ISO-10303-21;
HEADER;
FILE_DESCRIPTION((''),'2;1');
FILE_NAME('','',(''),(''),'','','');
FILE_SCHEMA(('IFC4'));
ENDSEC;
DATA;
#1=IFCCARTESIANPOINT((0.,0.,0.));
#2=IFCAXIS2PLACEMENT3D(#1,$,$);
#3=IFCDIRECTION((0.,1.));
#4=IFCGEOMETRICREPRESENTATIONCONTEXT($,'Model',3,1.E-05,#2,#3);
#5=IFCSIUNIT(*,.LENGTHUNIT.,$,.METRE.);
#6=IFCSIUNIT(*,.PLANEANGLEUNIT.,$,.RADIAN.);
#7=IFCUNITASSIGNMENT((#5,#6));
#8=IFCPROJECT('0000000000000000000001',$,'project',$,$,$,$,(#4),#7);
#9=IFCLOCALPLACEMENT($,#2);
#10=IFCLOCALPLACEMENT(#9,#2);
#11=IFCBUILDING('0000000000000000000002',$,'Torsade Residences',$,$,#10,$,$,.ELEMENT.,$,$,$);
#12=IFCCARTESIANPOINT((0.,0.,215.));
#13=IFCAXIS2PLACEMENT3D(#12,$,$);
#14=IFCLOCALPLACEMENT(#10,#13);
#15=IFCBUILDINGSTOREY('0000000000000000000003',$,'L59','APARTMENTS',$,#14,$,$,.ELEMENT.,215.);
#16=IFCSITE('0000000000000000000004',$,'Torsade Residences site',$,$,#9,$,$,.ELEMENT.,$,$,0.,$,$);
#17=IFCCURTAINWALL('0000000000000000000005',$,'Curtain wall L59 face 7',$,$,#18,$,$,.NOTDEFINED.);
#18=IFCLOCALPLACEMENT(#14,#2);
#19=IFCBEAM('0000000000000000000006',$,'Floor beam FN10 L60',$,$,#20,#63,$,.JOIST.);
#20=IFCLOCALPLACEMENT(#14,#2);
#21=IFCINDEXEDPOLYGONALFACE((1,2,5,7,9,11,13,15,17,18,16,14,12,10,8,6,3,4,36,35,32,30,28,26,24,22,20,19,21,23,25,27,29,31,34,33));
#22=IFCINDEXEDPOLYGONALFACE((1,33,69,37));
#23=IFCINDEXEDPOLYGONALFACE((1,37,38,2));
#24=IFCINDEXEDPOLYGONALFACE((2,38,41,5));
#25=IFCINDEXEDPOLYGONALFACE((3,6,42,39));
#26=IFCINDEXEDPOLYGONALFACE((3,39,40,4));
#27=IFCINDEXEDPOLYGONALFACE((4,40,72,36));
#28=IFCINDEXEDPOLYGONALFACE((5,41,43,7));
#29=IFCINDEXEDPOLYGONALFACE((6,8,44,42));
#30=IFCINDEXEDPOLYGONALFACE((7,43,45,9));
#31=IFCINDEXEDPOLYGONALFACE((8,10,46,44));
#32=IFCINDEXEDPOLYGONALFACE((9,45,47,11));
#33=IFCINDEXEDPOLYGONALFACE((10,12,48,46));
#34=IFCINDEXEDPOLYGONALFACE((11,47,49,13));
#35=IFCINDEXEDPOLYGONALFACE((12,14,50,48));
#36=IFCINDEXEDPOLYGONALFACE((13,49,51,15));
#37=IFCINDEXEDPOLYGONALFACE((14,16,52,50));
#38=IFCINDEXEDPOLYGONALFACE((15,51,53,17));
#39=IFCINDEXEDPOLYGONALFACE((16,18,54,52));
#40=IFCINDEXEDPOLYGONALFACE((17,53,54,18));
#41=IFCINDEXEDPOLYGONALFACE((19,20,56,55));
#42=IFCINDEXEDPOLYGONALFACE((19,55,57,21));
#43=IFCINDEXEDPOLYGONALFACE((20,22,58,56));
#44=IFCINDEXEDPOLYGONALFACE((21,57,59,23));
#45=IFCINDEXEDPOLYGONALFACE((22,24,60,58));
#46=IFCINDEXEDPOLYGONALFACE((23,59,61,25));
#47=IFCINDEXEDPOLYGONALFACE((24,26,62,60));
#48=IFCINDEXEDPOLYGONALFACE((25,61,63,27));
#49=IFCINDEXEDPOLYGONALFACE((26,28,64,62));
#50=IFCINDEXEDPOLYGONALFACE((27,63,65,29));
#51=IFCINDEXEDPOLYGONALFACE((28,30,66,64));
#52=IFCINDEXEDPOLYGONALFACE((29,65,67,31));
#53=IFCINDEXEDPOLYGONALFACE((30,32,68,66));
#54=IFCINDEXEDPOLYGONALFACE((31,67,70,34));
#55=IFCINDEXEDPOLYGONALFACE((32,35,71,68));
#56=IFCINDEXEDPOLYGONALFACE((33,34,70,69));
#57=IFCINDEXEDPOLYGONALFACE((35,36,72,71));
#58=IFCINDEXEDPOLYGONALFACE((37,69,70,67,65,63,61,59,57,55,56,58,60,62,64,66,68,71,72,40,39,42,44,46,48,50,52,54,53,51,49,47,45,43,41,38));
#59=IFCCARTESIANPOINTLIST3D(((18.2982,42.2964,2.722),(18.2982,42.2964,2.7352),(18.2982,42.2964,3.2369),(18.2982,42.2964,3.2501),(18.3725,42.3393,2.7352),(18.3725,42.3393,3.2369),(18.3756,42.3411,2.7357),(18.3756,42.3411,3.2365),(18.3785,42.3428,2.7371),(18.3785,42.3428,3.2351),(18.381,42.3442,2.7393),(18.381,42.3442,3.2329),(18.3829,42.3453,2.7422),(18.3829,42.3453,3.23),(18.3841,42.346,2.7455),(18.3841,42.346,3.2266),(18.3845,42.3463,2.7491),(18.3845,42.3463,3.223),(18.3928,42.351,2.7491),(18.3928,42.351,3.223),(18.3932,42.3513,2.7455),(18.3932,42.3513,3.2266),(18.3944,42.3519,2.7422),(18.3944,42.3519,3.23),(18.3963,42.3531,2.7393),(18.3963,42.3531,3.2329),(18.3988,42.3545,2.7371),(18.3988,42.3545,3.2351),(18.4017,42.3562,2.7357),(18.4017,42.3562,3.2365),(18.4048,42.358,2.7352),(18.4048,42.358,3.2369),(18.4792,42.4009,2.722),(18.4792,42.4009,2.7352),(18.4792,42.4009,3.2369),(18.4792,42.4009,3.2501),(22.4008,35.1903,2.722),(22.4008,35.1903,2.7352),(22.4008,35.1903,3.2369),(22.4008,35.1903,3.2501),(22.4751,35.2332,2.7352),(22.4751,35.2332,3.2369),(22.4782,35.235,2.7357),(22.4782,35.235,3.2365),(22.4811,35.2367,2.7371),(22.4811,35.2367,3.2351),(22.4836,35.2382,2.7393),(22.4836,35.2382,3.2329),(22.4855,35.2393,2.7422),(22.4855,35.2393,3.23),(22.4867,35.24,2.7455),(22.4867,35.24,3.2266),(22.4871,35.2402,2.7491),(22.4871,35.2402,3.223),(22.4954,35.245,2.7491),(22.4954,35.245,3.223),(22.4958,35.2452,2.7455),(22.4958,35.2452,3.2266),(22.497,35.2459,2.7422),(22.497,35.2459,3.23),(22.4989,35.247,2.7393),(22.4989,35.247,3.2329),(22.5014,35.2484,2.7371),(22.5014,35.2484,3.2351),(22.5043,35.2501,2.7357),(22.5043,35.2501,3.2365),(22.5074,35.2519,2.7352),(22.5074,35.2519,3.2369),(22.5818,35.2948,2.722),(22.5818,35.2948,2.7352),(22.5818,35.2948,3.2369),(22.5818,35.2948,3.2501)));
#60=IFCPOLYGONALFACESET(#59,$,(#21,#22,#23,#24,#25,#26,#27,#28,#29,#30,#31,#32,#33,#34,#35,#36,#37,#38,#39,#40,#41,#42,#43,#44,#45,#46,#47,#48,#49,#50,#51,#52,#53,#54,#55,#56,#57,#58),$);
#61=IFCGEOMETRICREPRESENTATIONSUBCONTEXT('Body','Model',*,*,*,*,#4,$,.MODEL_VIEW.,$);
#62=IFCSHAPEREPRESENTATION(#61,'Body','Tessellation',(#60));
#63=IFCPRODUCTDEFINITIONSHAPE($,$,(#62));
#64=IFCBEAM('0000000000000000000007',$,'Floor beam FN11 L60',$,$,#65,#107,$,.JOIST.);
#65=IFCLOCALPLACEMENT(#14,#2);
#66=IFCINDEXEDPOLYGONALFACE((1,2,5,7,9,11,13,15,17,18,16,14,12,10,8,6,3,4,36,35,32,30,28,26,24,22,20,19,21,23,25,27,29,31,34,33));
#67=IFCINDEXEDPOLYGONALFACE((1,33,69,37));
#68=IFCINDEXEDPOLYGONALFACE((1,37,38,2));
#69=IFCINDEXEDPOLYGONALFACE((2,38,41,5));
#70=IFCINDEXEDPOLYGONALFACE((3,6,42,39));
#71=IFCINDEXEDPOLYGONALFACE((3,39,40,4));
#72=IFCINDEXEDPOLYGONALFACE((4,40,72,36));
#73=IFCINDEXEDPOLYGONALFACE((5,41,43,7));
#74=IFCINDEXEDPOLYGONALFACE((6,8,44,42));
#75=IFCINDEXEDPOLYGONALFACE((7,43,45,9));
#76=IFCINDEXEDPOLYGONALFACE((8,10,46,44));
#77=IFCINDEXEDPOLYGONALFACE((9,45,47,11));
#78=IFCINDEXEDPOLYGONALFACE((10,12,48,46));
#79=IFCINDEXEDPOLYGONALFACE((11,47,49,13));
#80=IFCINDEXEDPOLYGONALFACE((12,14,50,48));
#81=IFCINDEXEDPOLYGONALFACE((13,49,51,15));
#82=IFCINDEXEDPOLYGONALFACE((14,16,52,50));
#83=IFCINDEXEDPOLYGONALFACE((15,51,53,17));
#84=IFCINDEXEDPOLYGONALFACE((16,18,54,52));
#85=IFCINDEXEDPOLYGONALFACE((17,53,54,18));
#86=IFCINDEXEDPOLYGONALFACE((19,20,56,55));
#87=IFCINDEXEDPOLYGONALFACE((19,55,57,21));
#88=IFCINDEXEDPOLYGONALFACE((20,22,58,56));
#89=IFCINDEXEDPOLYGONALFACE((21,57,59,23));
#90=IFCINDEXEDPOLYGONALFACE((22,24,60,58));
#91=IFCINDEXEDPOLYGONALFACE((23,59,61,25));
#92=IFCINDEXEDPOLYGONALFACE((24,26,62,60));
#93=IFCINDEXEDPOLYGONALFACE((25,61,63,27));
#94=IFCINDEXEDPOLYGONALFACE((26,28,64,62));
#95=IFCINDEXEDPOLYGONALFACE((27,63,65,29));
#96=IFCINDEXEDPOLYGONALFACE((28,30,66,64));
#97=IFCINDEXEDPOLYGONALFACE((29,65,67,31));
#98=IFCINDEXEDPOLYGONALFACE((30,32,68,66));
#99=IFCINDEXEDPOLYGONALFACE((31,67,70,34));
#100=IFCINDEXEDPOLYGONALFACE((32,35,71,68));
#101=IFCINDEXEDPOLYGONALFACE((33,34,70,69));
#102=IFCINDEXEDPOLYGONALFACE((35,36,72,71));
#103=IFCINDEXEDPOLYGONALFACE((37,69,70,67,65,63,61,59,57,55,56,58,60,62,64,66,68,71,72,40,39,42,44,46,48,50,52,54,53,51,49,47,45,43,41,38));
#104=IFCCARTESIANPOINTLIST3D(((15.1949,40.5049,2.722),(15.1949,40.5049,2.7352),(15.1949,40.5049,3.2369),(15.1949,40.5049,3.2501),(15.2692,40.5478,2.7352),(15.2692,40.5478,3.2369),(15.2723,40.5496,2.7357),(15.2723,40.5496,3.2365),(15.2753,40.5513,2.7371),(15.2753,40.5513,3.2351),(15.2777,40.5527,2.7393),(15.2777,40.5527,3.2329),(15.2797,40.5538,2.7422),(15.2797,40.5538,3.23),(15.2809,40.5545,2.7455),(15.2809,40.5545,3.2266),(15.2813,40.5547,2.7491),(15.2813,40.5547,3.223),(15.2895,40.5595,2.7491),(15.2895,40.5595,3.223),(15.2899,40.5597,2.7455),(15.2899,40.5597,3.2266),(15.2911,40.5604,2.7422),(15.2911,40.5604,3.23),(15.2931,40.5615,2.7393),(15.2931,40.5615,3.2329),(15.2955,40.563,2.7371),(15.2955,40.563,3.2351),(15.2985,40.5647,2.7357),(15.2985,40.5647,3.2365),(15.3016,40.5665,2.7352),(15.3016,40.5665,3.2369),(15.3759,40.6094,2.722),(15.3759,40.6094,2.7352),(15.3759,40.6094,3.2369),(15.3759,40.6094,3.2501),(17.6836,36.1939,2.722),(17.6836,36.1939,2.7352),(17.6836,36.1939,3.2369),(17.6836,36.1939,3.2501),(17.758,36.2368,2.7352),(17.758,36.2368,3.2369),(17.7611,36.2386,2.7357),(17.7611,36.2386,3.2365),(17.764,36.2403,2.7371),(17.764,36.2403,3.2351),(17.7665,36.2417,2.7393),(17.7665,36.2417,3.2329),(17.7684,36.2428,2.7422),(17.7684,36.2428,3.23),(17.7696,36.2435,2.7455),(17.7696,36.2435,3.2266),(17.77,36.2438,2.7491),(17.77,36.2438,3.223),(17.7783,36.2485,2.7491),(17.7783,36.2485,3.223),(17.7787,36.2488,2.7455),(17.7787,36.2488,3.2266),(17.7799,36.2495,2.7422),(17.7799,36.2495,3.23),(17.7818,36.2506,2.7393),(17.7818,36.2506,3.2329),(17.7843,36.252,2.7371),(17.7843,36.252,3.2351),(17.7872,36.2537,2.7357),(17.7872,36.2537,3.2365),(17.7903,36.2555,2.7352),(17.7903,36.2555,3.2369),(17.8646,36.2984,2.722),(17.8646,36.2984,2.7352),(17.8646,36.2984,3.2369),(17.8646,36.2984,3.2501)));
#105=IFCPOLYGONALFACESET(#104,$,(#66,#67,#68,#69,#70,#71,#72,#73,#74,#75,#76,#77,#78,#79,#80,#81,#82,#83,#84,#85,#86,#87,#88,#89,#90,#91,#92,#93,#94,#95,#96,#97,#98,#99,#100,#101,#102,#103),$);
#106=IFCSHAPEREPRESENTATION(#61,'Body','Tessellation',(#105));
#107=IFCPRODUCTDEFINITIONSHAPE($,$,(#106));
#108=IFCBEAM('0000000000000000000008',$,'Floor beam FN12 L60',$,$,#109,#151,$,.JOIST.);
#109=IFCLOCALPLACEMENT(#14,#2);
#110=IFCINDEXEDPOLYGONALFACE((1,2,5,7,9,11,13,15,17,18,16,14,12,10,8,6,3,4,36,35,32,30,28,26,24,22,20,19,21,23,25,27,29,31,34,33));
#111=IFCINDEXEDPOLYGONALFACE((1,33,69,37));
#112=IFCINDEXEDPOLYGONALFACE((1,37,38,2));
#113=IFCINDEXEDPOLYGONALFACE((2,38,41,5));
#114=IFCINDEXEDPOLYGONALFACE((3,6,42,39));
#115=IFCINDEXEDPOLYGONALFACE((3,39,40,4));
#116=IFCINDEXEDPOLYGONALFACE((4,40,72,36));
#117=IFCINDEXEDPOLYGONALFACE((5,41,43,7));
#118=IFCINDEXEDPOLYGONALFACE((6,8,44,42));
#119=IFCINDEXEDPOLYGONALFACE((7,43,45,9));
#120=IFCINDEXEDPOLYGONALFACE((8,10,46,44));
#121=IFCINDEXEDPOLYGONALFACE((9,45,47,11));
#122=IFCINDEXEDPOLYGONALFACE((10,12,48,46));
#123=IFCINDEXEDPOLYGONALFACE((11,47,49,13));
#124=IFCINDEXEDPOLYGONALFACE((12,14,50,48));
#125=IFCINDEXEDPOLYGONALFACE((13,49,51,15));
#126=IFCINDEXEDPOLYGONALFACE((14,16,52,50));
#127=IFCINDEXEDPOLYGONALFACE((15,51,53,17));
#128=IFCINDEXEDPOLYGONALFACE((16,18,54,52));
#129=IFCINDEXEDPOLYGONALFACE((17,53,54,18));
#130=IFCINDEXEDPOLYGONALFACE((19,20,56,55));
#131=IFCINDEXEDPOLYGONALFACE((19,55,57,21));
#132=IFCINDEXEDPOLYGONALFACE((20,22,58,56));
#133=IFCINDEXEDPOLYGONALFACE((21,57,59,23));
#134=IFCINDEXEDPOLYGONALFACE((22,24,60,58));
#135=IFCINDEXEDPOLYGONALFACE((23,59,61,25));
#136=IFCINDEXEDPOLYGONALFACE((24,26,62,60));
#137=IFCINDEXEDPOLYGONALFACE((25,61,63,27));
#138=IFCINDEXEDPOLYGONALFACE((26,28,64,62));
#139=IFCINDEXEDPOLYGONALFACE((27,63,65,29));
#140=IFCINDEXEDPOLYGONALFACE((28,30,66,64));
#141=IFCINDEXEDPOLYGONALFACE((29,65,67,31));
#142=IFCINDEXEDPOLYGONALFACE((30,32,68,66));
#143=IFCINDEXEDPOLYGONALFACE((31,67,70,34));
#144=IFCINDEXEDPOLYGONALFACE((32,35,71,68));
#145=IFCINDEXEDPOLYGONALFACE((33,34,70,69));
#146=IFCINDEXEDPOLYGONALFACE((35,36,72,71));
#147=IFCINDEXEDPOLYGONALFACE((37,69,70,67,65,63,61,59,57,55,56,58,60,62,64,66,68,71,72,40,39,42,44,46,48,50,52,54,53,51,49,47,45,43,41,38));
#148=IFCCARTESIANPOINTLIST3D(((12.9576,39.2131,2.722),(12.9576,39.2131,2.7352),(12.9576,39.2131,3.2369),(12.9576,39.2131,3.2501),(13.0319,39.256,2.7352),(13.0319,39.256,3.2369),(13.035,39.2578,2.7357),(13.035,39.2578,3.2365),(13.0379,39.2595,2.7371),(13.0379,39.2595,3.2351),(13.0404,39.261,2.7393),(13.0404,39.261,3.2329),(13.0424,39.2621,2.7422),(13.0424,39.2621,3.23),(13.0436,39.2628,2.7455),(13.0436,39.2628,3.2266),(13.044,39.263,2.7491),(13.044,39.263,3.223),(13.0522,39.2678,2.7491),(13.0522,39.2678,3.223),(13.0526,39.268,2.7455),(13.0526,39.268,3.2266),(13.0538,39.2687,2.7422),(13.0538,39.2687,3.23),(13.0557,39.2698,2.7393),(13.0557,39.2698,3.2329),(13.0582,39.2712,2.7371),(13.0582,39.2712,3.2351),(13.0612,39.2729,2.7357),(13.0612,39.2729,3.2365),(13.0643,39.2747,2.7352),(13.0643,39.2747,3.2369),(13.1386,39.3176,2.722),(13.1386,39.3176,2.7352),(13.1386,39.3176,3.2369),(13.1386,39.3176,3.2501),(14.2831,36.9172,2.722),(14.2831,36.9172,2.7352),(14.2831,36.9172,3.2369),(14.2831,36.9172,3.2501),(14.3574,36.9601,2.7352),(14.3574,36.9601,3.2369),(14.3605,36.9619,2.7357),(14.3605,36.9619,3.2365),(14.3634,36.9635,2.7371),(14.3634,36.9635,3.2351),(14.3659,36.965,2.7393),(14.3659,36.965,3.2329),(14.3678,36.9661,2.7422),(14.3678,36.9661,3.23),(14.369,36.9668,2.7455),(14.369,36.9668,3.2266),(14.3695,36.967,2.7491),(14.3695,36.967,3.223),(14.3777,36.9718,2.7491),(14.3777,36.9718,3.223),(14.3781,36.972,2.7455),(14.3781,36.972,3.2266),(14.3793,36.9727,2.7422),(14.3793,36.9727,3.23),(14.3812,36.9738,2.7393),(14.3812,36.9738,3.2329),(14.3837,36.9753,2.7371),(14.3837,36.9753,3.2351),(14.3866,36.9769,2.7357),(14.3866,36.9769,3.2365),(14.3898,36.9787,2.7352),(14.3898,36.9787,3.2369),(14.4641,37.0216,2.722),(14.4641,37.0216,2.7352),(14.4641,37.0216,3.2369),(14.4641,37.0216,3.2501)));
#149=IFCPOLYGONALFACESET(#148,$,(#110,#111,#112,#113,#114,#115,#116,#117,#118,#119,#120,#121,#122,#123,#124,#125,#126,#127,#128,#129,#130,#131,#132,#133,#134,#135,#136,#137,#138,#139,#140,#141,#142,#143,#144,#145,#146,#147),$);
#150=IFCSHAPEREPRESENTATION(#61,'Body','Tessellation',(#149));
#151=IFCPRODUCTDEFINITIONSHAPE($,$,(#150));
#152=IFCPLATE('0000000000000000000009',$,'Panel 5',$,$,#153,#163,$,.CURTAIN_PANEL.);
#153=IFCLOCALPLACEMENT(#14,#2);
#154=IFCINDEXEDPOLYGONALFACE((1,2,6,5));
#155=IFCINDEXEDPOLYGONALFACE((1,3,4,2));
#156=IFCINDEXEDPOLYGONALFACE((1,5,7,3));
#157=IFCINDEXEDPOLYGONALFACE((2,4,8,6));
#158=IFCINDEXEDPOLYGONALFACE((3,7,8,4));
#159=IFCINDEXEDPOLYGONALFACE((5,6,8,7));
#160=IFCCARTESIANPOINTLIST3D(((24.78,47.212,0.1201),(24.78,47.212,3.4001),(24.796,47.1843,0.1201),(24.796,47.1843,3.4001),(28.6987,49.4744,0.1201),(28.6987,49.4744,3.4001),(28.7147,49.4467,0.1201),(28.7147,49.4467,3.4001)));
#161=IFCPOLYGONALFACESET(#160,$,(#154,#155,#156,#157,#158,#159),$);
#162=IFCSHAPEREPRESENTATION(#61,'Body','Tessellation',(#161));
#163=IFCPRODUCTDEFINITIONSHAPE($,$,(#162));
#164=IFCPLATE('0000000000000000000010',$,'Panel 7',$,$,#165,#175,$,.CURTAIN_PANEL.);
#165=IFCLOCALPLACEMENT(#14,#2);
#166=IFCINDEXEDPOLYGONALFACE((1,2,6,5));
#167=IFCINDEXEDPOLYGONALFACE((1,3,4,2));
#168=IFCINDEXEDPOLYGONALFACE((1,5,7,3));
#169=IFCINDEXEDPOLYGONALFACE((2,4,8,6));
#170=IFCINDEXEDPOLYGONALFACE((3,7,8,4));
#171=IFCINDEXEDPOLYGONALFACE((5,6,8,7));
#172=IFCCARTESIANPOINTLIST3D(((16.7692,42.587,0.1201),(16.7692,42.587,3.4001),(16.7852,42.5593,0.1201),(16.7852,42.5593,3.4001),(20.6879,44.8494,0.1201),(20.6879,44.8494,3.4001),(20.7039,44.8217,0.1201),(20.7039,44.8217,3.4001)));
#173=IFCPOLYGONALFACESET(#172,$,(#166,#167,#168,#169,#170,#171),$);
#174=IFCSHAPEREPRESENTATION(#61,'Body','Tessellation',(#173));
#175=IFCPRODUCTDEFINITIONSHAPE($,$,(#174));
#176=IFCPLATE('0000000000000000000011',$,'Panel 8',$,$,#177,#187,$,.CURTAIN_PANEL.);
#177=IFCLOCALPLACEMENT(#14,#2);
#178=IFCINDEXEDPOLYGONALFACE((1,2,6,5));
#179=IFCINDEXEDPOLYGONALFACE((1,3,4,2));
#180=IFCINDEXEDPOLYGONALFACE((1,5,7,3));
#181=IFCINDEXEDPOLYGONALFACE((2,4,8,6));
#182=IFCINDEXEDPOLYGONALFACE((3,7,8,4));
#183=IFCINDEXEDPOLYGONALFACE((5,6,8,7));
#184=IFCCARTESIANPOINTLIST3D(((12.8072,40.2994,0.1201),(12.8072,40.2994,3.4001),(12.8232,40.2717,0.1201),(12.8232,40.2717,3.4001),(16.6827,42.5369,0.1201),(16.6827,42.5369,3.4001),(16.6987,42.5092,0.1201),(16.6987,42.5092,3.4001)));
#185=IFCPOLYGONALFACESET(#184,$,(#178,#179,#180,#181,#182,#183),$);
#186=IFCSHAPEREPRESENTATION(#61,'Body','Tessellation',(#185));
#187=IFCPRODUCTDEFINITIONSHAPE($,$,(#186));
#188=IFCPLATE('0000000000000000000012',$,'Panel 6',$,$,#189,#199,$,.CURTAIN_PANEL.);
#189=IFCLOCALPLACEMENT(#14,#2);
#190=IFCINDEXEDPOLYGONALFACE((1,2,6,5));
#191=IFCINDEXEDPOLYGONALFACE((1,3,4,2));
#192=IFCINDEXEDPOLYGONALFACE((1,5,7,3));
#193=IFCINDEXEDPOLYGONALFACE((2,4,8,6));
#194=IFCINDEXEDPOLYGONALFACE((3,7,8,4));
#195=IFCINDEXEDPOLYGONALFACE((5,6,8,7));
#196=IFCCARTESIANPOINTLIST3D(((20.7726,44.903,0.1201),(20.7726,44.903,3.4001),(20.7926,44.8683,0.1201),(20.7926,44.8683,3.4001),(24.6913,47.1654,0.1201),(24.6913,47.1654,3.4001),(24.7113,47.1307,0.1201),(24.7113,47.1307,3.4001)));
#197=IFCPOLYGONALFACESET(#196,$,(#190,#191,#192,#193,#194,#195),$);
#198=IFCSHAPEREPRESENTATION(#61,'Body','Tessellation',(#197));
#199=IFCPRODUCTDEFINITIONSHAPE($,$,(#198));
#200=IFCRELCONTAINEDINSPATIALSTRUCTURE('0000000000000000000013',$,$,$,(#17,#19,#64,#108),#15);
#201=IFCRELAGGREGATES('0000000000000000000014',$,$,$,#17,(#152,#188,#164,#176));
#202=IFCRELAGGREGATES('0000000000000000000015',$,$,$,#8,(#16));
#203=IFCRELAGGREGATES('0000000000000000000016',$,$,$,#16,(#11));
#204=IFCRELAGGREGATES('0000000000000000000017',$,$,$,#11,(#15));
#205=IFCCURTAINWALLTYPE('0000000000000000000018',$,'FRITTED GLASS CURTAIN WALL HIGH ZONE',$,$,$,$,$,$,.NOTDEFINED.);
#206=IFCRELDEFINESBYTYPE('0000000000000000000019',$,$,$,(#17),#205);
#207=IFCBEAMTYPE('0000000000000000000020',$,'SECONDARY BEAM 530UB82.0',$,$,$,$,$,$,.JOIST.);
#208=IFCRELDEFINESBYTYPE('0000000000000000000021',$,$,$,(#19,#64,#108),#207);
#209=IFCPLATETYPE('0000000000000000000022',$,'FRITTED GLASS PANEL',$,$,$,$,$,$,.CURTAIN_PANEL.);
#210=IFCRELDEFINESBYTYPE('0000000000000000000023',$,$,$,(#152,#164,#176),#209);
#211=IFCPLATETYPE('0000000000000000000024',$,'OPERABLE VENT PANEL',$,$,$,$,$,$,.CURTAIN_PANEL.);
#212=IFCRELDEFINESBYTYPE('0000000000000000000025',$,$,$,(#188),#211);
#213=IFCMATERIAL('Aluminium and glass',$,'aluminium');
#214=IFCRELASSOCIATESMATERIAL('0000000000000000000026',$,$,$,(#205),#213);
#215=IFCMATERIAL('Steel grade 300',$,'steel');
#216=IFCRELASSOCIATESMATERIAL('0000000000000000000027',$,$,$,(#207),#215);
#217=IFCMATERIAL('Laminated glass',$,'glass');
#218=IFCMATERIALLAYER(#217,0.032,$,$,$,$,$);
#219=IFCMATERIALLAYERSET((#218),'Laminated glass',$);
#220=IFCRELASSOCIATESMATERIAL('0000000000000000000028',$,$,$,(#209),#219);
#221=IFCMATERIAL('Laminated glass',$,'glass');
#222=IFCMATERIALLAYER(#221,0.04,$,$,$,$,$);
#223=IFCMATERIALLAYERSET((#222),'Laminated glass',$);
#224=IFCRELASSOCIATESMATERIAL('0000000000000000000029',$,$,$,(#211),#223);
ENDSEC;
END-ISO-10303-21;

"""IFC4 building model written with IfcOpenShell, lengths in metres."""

from ifc_helpers import new_model, si_unit, direction, frame, origin, origin_2d, place, context, subcontext, project, spatial, rectangle, i_section, extrude, material, layer, layer_set, material_profile, profile_set, type_object, element, aggregate, save


model = new_model("IFC4")

# Units and contexts
model_context = context("Model", 3, precision=1e-05, world=origin(), true_north=direction((0.0, 1.0)))
body_context = subcontext(model_context, "Body", "Model", "MODEL_VIEW")
ifc_project = project(units=[si_unit("LENGTHUNIT", "METRE"), si_unit("PLANEANGLEUNIT", "RADIAN")], contexts=[model_context])

# Site, building, storey
site_placement = place(None, origin())
site = spatial("IfcSite", under=ifc_project, at=site_placement, Name="Torsade Residences site", CompositionType="ELEMENT", RefElevation=0.0)
building_placement = place(site_placement, origin())
building = spatial("IfcBuilding", under=site, at=building_placement, Name="Torsade Residences", CompositionType="ELEMENT")
storey_placement = place(building_placement, frame((0.0, 0.0, 215.0)))
storey = spatial("IfcBuildingStorey", under=building, at=storey_placement, Name="L59", Description="APARTMENTS", CompositionType="ELEMENT", Elevation=215.0)

# Curtain wall
ifc_material_1 = material(Name="Aluminium and glass", Category="aluminium")
curtain_wall_type = type_object("IfcCurtainWallType", Name="FRITTED GLASS CURTAIN WALL HIGH ZONE", PredefinedType="NOTDEFINED", material=ifc_material_1)
curtain_wall_placement = place(storey_placement, origin())
curtain_wall = element("IfcCurtainWall", 1, at=curtain_wall_placement, inside=storey, type_object=curtain_wall_type, Name="Curtain wall L59 face 7", PredefinedType="NOTDEFINED")

# Beams
ifc_material_2 = material(Name="Steel grade 300", Category="steel")
ifc_material_profile_1 = material_profile(ifc_material_2, i_section(OverallWidth=0.209, OverallDepth=0.5281, WebThickness=0.0095, FlangeThickness=0.0132, FilletRadius=0.0139, at=origin_2d()), Name="530UB82.0")
ifc_profile_set_1 = profile_set([ifc_material_profile_1], Name="Steel grade 300")
beam_type_1 = type_object("IfcBeamType", Name="SECONDARY BEAM 530UB82.0", PredefinedType="JOIST", material=ifc_profile_set_1)
beam_1_placement = place(storey_placement, frame((18.3887, 42.3486, 2.9861), z_axis=(0.499992, -0.86603, 0.0), x_axis=(0.86603, 0.499992, 0.0)))
element("IfcBeam", 2, at=beam_1_placement, inside=storey, type_object=beam_type_1, Name="Floor beam FN10 L60", PredefinedType="JOIST", context=body_context, shape_type="SweptSolid", body=[
    extrude(i_section(OverallWidth=0.209, OverallDepth=0.5281, WebThickness=0.0095, FlangeThickness=0.0132, FilletRadius=0.0139, at=origin_2d()), origin(), (0.0, 0.0, 1.0), 8.2053),
])
beam_2_placement = place(storey_placement, frame((15.2854, 40.5571, 2.9861), z_axis=(0.499969, -0.866043, 0.0), x_axis=(0.866043, 0.499969, 0.0)))
element("IfcBeam", 3, at=beam_2_placement, inside=storey, type_object=beam_type_1, Name="Floor beam FN11 L60", PredefinedType="JOIST", context=body_context, shape_type="SweptSolid", body=[
    extrude(i_section(OverallWidth=0.209, OverallDepth=0.5281, WebThickness=0.0095, FlangeThickness=0.0132, FilletRadius=0.0139, at=origin_2d()), origin(), (0.0, 0.0, 1.0), 4.9778),
])
beam_3_placement = place(storey_placement, frame((13.0481, 39.2654, 2.9861), z_axis=(0.499972, -0.866041, 0.0), x_axis=(0.866041, 0.499972, 0.0)))
element("IfcBeam", 4, at=beam_3_placement, inside=storey, type_object=beam_type_1, Name="Floor beam FN12 L60", PredefinedType="JOIST", context=body_context, shape_type="SweptSolid", body=[
    extrude(i_section(OverallWidth=0.209, OverallDepth=0.5281, WebThickness=0.0095, FlangeThickness=0.0132, FilletRadius=0.0139, at=origin_2d()), origin(), (0.0, 0.0, 1.0), 2.6511),
])

# Plates
ifc_material_3 = material(Name="Laminated glass", Category="glass")
ifc_layer_1 = layer(ifc_material_3, 0.032)
ifc_layer_set_1 = layer_set([ifc_layer_1], Name="Laminated glass")
plate_type_1 = type_object("IfcPlateType", Name="FRITTED GLASS PANEL", PredefinedType="CURTAIN_PANEL", material=ifc_layer_set_1)
plate_1_placement = place(storey_placement, frame((26.7473, 48.3293, 0.1201), z_axis=(0.0, 0.0, 1.0), x_axis=(-0.866025, -0.5, 0.0)))
plate_1 = element("IfcPlate", 5, at=plate_1_placement, type_object=plate_type_1, Name="Panel 5", PredefinedType="CURTAIN_PANEL", context=body_context, shape_type="SweptSolid", body=[
    extrude(rectangle(XDim=4.5249, YDim=0.032, at=origin_2d()), origin(), (0.0, 0.0, 1.0), 3.28),
])
plate_2_placement = place(storey_placement, frame((18.7366, 43.7043, 0.1201), z_axis=(0.0, 0.0, 1.0), x_axis=(-0.866025, -0.5, 0.0)))
plate_2 = element("IfcPlate", 6, at=plate_2_placement, type_object=plate_type_1, Name="Panel 7", PredefinedType="CURTAIN_PANEL", context=body_context, shape_type="SweptSolid", body=[
    extrude(rectangle(XDim=4.5249, YDim=0.032, at=origin_2d()), origin(), (0.0, 0.0, 1.0), 3.28),
])
plate_3_placement = place(storey_placement, frame((14.7529, 41.4043, 0.1201), z_axis=(0.0, 0.0, 1.0), x_axis=(-0.866025, -0.5, 0.0)))
plate_3 = element("IfcPlate", 7, at=plate_3_placement, type_object=plate_type_1, Name="Panel 8", PredefinedType="CURTAIN_PANEL", context=body_context, shape_type="SweptSolid", body=[
    extrude(rectangle(XDim=4.4751, YDim=0.032, at=origin_2d()), origin(), (0.0, 0.0, 1.0), 3.28),
])
ifc_material_4 = material(Name="Laminated glass", Category="glass")
ifc_layer_2 = layer(ifc_material_4, 0.04)
ifc_layer_set_2 = layer_set([ifc_layer_2], Name="Laminated glass")
plate_type_2 = type_object("IfcPlateType", Name="OPERABLE VENT PANEL", PredefinedType="CURTAIN_PANEL", material=ifc_layer_set_2)
plate_4_placement = place(storey_placement, frame((22.7419, 46.0168, 0.1201), z_axis=(0.0, 0.0, 1.0), x_axis=(-0.866025, -0.5, 0.0)))
plate_4 = element("IfcPlate", 8, at=plate_4_placement, type_object=plate_type_2, Name="Panel 6", PredefinedType="CURTAIN_PANEL", context=body_context, shape_type="SweptSolid", body=[
    extrude(rectangle(XDim=4.5249, YDim=0.04, at=origin_2d()), origin(), (0.0, 0.0, 1.0), 3.28),
])
aggregate(curtain_wall, [plate_1, plate_4, plate_2, plate_3])

save(model, "model.ifc")
